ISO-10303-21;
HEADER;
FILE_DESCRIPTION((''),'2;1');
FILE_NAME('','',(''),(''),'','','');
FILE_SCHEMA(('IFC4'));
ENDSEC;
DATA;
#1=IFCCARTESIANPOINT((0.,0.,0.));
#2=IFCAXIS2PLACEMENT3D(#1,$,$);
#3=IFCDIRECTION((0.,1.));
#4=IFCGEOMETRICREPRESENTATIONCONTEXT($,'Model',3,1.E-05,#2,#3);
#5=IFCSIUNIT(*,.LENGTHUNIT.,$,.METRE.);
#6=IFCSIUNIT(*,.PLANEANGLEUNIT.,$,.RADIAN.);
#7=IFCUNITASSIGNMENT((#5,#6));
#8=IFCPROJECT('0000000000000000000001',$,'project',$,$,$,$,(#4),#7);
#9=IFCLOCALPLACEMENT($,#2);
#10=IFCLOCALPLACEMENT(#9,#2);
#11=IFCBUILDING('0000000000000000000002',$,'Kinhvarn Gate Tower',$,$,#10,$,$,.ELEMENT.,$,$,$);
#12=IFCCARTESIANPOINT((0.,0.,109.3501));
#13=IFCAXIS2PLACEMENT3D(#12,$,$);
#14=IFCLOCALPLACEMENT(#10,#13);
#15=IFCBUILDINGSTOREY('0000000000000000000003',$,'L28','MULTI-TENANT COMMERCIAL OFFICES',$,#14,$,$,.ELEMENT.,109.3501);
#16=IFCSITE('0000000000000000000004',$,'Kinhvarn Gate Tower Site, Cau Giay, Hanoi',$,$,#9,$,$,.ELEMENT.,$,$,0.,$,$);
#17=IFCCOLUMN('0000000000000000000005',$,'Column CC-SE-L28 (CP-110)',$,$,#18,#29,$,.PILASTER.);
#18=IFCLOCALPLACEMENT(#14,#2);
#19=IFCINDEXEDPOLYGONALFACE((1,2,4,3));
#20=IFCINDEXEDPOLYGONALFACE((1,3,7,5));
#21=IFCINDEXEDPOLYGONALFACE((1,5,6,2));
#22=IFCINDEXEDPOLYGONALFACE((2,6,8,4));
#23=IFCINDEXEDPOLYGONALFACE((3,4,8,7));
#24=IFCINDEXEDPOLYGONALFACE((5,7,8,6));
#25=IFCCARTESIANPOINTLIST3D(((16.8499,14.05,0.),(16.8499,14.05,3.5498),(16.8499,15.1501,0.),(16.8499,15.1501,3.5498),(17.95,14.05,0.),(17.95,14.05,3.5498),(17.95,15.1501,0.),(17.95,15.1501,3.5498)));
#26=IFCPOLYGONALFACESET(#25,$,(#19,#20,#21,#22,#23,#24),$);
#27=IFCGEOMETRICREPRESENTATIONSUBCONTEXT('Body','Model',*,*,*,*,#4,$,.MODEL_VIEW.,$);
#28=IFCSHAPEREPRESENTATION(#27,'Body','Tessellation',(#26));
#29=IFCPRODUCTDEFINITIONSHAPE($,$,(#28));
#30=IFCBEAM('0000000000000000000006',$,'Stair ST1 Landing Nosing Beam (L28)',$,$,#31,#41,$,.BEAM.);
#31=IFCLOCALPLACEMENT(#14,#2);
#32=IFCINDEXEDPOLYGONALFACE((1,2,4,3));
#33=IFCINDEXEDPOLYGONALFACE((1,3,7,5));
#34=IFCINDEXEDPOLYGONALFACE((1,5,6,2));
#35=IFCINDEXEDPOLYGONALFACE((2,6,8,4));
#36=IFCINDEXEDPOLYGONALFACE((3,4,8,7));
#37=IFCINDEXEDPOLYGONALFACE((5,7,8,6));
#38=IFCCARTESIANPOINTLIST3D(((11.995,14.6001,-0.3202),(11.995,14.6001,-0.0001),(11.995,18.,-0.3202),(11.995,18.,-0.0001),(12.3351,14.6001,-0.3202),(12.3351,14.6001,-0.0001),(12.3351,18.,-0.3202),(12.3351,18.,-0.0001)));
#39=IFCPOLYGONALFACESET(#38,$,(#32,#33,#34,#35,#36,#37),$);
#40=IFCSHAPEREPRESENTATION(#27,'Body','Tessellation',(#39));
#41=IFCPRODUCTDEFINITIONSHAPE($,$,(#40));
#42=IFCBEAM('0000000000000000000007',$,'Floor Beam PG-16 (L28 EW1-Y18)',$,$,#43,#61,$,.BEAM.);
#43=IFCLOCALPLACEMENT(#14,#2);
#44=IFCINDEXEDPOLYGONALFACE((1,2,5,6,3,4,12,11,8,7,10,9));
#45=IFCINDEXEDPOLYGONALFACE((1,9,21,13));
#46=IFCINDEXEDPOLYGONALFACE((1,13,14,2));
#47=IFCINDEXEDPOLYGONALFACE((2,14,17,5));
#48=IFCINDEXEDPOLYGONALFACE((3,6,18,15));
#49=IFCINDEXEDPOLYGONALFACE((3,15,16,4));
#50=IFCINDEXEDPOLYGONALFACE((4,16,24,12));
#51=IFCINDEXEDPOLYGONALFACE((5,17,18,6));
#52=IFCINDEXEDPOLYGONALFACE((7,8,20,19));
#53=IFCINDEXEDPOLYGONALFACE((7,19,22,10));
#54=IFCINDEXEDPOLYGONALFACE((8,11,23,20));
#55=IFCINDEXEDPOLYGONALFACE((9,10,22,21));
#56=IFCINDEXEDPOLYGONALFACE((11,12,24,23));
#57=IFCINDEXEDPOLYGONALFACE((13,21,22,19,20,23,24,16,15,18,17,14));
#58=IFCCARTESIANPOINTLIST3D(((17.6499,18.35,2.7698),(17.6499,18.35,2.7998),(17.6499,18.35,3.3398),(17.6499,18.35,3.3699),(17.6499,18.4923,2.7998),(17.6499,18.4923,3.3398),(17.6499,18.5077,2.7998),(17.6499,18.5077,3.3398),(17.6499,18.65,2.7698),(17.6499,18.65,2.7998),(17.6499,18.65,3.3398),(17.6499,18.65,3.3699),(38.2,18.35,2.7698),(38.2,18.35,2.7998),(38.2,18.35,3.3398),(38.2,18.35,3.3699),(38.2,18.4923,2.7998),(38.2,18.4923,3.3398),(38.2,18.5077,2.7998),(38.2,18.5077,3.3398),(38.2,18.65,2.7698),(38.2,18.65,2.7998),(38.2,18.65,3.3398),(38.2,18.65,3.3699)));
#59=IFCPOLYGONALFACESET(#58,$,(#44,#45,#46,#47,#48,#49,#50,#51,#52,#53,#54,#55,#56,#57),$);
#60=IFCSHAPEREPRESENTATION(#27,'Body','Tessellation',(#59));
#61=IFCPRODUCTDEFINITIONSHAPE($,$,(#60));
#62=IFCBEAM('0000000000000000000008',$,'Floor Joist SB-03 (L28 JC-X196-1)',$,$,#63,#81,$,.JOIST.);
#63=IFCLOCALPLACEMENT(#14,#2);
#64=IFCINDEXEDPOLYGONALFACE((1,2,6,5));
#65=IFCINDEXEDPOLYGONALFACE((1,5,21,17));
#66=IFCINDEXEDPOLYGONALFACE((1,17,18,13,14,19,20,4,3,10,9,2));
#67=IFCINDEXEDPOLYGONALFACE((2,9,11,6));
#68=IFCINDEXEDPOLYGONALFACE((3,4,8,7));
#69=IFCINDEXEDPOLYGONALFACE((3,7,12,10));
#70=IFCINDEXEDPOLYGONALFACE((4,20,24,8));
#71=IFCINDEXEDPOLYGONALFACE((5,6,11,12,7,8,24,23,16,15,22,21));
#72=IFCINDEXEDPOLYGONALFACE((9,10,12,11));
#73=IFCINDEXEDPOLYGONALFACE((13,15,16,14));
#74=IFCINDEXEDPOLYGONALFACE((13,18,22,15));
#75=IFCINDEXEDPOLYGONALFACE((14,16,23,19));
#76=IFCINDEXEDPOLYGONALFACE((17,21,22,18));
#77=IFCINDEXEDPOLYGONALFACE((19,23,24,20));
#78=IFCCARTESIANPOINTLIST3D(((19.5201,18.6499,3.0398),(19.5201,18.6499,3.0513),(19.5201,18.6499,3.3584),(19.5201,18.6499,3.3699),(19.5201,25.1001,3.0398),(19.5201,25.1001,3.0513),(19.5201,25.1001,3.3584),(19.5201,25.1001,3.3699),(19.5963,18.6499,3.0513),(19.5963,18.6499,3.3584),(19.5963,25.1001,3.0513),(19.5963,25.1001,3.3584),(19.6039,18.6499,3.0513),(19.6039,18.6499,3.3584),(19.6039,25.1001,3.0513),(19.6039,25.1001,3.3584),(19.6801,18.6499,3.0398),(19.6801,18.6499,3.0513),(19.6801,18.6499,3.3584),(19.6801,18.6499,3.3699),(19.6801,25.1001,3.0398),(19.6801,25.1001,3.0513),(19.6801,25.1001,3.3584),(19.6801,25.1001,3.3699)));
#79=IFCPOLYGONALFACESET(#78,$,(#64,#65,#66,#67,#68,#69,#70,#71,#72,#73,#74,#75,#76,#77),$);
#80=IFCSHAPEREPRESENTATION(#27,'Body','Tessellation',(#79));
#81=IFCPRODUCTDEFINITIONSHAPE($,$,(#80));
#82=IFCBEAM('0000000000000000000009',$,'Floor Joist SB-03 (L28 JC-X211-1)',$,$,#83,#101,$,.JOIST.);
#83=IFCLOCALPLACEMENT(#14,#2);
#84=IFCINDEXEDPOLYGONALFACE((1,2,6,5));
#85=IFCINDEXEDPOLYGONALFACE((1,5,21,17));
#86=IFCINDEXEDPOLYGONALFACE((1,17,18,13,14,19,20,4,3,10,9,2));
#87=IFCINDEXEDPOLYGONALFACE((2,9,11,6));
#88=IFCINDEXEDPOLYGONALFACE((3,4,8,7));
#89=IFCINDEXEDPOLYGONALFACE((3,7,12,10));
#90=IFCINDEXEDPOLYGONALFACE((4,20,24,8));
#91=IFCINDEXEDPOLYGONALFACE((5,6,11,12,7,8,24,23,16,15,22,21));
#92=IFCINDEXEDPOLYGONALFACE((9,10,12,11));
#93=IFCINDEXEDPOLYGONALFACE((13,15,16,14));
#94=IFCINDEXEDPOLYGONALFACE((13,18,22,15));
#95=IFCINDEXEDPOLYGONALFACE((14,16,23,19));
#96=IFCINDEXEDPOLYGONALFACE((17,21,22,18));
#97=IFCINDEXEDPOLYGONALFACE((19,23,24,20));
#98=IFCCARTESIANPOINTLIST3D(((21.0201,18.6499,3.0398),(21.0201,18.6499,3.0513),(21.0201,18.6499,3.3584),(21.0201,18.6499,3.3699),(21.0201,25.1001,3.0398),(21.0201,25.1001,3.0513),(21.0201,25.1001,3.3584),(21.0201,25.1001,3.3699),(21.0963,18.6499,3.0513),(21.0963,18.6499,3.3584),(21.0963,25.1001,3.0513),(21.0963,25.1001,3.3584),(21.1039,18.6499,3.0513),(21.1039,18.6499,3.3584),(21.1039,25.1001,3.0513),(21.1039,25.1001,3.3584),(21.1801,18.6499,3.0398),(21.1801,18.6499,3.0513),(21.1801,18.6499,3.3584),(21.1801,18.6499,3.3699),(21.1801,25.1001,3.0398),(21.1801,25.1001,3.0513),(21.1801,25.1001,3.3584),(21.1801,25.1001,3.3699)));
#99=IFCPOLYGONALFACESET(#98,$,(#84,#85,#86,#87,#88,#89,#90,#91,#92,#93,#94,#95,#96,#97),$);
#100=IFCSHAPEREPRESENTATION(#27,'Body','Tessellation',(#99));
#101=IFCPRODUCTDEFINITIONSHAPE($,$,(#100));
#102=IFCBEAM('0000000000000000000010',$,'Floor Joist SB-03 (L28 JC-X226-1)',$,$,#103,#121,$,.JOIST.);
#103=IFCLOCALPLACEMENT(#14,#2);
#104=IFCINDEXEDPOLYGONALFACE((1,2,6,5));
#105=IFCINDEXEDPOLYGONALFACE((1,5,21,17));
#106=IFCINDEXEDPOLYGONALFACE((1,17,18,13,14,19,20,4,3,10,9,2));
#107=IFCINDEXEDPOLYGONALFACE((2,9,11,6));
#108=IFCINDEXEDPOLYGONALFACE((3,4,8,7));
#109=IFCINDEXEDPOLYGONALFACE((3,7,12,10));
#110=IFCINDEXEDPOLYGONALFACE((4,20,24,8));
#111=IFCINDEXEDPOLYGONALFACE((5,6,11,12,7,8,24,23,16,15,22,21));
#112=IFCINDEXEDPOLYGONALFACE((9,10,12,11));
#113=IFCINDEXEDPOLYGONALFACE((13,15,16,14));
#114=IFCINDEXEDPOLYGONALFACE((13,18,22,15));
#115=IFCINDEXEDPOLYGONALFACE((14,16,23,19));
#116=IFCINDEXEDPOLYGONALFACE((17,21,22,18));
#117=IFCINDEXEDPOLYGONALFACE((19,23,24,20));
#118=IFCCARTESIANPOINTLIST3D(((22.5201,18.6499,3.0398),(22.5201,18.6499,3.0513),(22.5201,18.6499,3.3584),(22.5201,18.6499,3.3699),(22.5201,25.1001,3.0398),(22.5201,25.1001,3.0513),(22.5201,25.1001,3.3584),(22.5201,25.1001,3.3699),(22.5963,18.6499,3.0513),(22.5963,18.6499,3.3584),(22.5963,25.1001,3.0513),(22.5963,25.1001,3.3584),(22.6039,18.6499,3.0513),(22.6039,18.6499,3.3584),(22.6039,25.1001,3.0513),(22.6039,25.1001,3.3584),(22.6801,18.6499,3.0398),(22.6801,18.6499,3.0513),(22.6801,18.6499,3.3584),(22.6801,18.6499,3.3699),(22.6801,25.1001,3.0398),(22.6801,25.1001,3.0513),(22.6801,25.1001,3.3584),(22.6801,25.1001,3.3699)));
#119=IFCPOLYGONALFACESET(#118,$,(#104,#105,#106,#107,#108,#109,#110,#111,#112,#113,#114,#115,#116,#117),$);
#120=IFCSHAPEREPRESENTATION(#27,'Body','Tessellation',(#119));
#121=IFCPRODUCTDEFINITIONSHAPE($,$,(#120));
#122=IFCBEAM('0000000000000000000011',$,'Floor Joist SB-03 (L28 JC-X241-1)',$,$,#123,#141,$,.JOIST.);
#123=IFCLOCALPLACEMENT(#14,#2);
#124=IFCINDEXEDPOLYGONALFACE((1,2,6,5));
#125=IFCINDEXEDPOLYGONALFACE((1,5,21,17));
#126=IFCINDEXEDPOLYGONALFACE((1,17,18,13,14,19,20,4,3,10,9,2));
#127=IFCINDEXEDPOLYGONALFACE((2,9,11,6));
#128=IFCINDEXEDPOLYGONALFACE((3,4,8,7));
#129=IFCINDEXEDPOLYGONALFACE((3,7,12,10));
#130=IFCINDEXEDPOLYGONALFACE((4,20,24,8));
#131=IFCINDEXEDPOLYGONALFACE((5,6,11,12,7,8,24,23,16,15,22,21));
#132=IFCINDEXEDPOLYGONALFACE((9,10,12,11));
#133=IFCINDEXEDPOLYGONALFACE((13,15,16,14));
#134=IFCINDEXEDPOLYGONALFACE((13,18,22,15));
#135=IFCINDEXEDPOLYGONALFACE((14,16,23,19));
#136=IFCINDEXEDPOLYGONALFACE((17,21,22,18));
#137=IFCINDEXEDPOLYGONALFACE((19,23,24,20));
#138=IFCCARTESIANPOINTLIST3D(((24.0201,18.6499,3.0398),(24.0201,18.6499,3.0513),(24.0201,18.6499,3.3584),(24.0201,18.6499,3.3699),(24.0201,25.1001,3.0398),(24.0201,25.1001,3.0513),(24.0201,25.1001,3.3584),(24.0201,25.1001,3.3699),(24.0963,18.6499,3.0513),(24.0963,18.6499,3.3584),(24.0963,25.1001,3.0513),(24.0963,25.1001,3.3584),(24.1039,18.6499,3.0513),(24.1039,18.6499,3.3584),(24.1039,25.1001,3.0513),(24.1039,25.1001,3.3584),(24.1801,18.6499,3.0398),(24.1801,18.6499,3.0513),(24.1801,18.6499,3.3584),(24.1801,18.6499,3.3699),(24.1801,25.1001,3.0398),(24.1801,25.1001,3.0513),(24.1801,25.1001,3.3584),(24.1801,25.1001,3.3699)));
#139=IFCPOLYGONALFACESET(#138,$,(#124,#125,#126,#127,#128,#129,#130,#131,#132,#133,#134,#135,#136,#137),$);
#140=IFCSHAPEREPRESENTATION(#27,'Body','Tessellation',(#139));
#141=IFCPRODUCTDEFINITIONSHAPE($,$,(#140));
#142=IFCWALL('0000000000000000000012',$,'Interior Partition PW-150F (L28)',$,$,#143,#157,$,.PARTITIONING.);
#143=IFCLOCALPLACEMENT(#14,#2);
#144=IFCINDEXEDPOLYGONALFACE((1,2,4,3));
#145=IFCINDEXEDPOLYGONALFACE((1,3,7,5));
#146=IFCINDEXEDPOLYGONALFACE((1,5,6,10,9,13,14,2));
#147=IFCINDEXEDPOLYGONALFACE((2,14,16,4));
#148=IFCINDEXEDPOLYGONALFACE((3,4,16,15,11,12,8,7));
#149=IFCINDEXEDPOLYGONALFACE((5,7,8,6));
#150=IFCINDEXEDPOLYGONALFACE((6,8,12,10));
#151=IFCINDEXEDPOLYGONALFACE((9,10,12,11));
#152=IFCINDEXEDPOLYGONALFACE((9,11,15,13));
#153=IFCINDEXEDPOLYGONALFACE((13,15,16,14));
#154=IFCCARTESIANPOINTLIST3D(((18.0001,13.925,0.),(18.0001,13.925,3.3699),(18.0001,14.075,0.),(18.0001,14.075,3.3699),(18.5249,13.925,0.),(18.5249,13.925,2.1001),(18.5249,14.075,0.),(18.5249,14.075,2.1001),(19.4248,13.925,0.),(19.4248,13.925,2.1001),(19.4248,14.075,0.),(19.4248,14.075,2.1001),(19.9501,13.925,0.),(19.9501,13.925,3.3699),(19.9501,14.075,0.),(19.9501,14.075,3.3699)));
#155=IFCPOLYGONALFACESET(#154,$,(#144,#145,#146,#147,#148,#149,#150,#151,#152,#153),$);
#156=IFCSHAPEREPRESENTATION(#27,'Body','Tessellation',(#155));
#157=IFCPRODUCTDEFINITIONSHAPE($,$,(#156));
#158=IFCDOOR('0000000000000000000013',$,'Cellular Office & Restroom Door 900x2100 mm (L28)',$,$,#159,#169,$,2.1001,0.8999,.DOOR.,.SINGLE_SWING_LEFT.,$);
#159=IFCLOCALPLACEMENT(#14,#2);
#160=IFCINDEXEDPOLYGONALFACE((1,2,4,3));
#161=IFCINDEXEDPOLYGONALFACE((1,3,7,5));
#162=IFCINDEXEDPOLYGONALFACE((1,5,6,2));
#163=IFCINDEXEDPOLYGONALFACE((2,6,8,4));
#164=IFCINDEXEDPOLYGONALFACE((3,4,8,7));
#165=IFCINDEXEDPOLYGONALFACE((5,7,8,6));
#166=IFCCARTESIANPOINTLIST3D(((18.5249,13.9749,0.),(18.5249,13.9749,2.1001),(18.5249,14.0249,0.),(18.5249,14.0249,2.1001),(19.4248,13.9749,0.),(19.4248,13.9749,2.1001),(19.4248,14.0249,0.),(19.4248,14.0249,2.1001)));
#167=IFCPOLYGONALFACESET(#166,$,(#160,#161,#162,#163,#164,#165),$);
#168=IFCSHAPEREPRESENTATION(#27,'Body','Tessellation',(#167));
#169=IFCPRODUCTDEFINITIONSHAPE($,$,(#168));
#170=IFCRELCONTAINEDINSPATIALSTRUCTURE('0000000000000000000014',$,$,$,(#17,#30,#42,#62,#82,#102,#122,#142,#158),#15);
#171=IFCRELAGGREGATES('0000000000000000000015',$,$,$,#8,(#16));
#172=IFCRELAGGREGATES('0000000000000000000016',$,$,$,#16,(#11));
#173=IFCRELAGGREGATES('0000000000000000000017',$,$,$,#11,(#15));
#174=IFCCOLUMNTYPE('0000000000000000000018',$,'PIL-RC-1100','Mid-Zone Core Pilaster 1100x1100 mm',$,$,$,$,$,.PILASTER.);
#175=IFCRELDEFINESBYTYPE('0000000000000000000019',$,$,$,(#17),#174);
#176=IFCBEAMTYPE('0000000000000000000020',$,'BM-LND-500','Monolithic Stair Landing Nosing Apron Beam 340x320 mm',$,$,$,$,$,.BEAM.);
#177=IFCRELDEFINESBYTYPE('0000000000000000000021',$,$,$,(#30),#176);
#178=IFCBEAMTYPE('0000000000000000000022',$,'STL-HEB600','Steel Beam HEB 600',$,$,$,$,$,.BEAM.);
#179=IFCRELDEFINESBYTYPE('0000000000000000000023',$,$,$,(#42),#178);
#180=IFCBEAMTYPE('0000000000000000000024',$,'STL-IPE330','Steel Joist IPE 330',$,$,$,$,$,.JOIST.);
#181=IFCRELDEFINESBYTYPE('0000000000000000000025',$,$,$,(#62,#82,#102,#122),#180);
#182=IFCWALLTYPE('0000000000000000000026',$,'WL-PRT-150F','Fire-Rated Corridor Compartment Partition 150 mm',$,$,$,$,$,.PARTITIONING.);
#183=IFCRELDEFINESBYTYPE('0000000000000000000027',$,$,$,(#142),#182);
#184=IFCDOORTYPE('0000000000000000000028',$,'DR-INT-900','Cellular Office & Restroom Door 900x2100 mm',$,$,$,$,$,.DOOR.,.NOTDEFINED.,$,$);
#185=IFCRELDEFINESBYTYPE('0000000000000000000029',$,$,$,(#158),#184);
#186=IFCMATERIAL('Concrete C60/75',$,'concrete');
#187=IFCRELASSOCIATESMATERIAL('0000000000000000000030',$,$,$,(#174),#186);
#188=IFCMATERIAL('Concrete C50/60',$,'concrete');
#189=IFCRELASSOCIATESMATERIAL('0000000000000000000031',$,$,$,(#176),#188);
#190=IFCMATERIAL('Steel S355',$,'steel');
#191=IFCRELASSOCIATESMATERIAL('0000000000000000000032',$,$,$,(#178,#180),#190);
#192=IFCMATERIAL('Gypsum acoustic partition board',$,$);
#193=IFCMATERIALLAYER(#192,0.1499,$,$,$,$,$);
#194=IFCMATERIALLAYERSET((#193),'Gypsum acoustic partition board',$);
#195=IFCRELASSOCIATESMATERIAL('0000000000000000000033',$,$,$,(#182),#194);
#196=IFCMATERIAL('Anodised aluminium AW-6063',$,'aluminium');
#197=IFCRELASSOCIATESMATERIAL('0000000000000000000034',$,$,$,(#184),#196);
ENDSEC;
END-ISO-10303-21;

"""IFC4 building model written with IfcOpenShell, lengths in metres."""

from ifc_helpers import new_model, si_unit, direction, frame, frame_2d, origin, origin_2d, place, context, subcontext, project, spatial, rectangle, i_section, extrude, material, layer, layer_set, material_profile, profile_set, type_object, element, fill, save


model = new_model("IFC4")

# Units and contexts
model_context = context("Model", 3, precision=1e-05, world=origin(), true_north=direction((0.0, 1.0)))
body_context = subcontext(model_context, "Body", "Model", "MODEL_VIEW")
ifc_project = project(units=[si_unit("LENGTHUNIT", "METRE"), si_unit("PLANEANGLEUNIT", "RADIAN")], contexts=[model_context])

# Site, building, storey
site_placement = place(None, origin())
site = spatial("IfcSite", under=ifc_project, at=site_placement, Name="Kinhvarn Gate Tower Site, Cau Giay, Hanoi", CompositionType="ELEMENT", RefElevation=0.0)
building_placement = place(site_placement, origin())
building = spatial("IfcBuilding", under=site, at=building_placement, Name="Kinhvarn Gate Tower", CompositionType="ELEMENT")
storey_placement = place(building_placement, frame((0.0, 0.0, 109.3501)))
storey = spatial("IfcBuildingStorey", under=building, at=storey_placement, Name="L28", Description="MULTI-TENANT COMMERCIAL OFFICES", CompositionType="ELEMENT", Elevation=109.3501)

# Column
ifc_material_1 = material(Name="Concrete C60/75", Category="concrete")
ifc_material_profile_1 = material_profile(ifc_material_1, rectangle(XDim=1.1001, YDim=1.1001, at=origin_2d()), Name="RC 1100x1100")
ifc_profile_set_1 = profile_set([ifc_material_profile_1], Name="Concrete C60/75")
column_type = type_object("IfcColumnType", Name="PIL-RC-1100", Description="Mid-Zone Core Pilaster 1100x1100 mm", PredefinedType="PILASTER", material=ifc_profile_set_1)
column_placement = place(storey_placement, frame((17.3999, 14.6001, 0.0), z_axis=(0.0, 0.0, 1.0), x_axis=(1.0, 0.0, 0.0)))
element("IfcColumn", 1, at=column_placement, inside=storey, type_object=column_type, Name="Column CC-SE-L28 (CP-110)", PredefinedType="PILASTER", context=body_context, shape_type="SweptSolid", body=[
    extrude(rectangle(XDim=1.1001, YDim=1.1001, at=origin_2d()), origin(), (0.0, 0.0, 1.0), 3.5498),
])

# Beams
ifc_material_2 = material(Name="Concrete C50/60", Category="concrete")
ifc_material_profile_2 = material_profile(ifc_material_2, rectangle(XDim=0.3401, YDim=0.3201, at=origin_2d()), Name="RC 340x320")
ifc_profile_set_2 = profile_set([ifc_material_profile_2], Name="Concrete C50/60")
beam_type_1 = type_object("IfcBeamType", Name="BM-LND-500", Description="Monolithic Stair Landing Nosing Apron Beam 340x320 mm", PredefinedType="BEAM", material=ifc_profile_set_2)
beam_1_placement = place(storey_placement, frame((12.165, 14.6001, -0.1602), z_axis=(0.0, 1.0, 0.0), x_axis=(-1.0, 0.0, 0.0)))
element("IfcBeam", 2, at=beam_1_placement, inside=storey, type_object=beam_type_1, Name="Stair ST1 Landing Nosing Beam (L28)", PredefinedType="BEAM", context=body_context, shape_type="SweptSolid", body=[
    extrude(rectangle(XDim=0.3401, YDim=0.3201, at=origin_2d()), origin(), (0.0, 0.0, 1.0), 3.3999),
])
ifc_material_3 = material(Name="Steel S355", Category="steel")
ifc_material_profile_3 = material_profile(ifc_material_3, i_section(OverallWidth=0.3, OverallDepth=0.6001, WebThickness=0.0154, FlangeThickness=0.03, at=origin_2d()), Name="HEB 600")
ifc_profile_set_3 = profile_set([ifc_material_profile_3], Name="Steel S355")
beam_type_2 = type_object("IfcBeamType", Name="STL-HEB600", Description="Steel Beam HEB 600", PredefinedType="BEAM", material=ifc_profile_set_3)
beam_2_placement = place(storey_placement, frame((17.6499, 18.5, 3.0698), z_axis=(1.0, 0.0, 0.0), x_axis=(0.0, 1.0, 0.0)))
element("IfcBeam", 3, at=beam_2_placement, inside=storey, type_object=beam_type_2, Name="Floor Beam PG-16 (L28 EW1-Y18)", PredefinedType="BEAM", context=body_context, shape_type="SweptSolid", body=[
    extrude(i_section(OverallWidth=0.3, OverallDepth=0.6001, WebThickness=0.0154, FlangeThickness=0.03, at=origin_2d()), origin(), (0.0, 0.0, 1.0), 20.55),
])
ifc_material_profile_4 = material_profile(ifc_material_3, i_section(OverallWidth=0.1599, OverallDepth=0.3301, WebThickness=0.0076, FlangeThickness=0.0115, at=origin_2d()), Name="IPE 330")
ifc_profile_set_4 = profile_set([ifc_material_profile_4], Name="Steel S355")
beam_type_3 = type_object("IfcBeamType", Name="STL-IPE330", Description="Steel Joist IPE 330", PredefinedType="JOIST", material=ifc_profile_set_4)
for number, where, z_axis, x_axis, name in (
    (4, (19.6001, 18.6499, 3.2048), (0.0, 1.0, 0.0), (-1.0, 0.0, 0.0), "Floor Joist SB-03 (L28 JC-X196-1)"),
    (5, (21.1001, 18.6499, 3.2048), (0.0, 1.0, 0.0), (-1.0, 0.0, 0.0), "Floor Joist SB-03 (L28 JC-X211-1)"),
    (6, (22.6001, 18.6499, 3.2048), (0.0, 1.0, 0.0), (-1.0, 0.0, 0.0), "Floor Joist SB-03 (L28 JC-X226-1)"),
    (7, (24.1001, 18.6499, 3.2048), (0.0, 1.0, 0.0), (-1.0, 0.0, 0.0), "Floor Joist SB-03 (L28 JC-X241-1)"),
):
    element("IfcBeam", number, at=place(storey_placement, frame(where, z_axis=z_axis, x_axis=x_axis)), inside=storey, type_object=beam_type_3, Name=name, PredefinedType="JOIST", context=body_context, shape_type="SweptSolid", body=[
        extrude(i_section(OverallWidth=0.1599, OverallDepth=0.3301, WebThickness=0.0076, FlangeThickness=0.0115, at=origin_2d()), origin(), (0.0, 0.0, 1.0), 6.4502),
    ])

# Wall, opening, door
ifc_material_4 = material(Name="Anodised aluminium AW-6063", Category="aluminium")
ifc_material_5 = material(Name="Gypsum acoustic partition board")
ifc_layer_1 = layer(ifc_material_5, 0.1499)
ifc_layer_set_1 = layer_set([ifc_layer_1], Name="Gypsum acoustic partition board")
wall_type_1 = type_object("IfcWallType", Name="WL-PRT-150F", Description="Fire-Rated Corridor Compartment Partition 150 mm", PredefinedType="PARTITIONING", material=ifc_layer_set_1)
wall_1_placement = place(storey_placement, frame((18.0, 14.0, 0.0), z_axis=(0.0, 0.0, 1.0), x_axis=(1.0, 0.0, 0.0)))
wall_1 = element("IfcWall", 8, at=wall_1_placement, inside=storey, type_object=wall_type_1, Name="Interior Partition PW-150F (L28)", PredefinedType="PARTITIONING", context=body_context, shape_type="SweptSolid", body=[
    extrude(rectangle(XDim=1.95, YDim=0.1499, at=frame_2d((0.9751, 0.0))), origin(), (0.0, 0.0, 1.0), 3.3699),
])
opening_1_placement = place(wall_1_placement, frame((0.5249, 0.0, 0.0)))
opening_1 = element("IfcOpeningElement", 9, at=opening_1_placement, cuts=wall_1, PredefinedType="OPENING", context=body_context, shape_type="SweptSolid", body=[
    extrude(rectangle(XDim=0.8999, YDim=2.1001, at=frame_2d((0.45, 1.05))), frame((0.0, 0.085, 0.0), z_axis=(0.0, -1.0, 0.0), x_axis=(1.0, 0.0, 0.0)), (0.0, 0.0, 1.0), 0.1699),
])
door_type_1 = type_object("IfcDoorType", Name="DR-INT-900", Description="Cellular Office & Restroom Door 900x2100 mm", OperationType="NOTDEFINED", PredefinedType="DOOR", material=ifc_material_4)
door_1_placement = place(opening_1_placement, origin())
door_1 = element("IfcDoor", 10, at=door_1_placement, inside=storey, type_object=door_type_1, Name="Cellular Office & Restroom Door 900x2100 mm (L28)", OperationType="SINGLE_SWING_LEFT", OverallHeight=2.1001, OverallWidth=0.8999, PredefinedType="DOOR", context=body_context, shape_type="SweptSolid", body=[
    extrude(rectangle(XDim=0.8999, YDim=2.1001, at=frame_2d((0.45, 1.05))), frame((0.0, 0.0249, 0.0), z_axis=(0.0, -1.0, 0.0), x_axis=(1.0, 0.0, 0.0)), (0.0, 0.0, 1.0), 0.05),
])
fill(opening_1, door_1)

save(model, "model.ifc")
